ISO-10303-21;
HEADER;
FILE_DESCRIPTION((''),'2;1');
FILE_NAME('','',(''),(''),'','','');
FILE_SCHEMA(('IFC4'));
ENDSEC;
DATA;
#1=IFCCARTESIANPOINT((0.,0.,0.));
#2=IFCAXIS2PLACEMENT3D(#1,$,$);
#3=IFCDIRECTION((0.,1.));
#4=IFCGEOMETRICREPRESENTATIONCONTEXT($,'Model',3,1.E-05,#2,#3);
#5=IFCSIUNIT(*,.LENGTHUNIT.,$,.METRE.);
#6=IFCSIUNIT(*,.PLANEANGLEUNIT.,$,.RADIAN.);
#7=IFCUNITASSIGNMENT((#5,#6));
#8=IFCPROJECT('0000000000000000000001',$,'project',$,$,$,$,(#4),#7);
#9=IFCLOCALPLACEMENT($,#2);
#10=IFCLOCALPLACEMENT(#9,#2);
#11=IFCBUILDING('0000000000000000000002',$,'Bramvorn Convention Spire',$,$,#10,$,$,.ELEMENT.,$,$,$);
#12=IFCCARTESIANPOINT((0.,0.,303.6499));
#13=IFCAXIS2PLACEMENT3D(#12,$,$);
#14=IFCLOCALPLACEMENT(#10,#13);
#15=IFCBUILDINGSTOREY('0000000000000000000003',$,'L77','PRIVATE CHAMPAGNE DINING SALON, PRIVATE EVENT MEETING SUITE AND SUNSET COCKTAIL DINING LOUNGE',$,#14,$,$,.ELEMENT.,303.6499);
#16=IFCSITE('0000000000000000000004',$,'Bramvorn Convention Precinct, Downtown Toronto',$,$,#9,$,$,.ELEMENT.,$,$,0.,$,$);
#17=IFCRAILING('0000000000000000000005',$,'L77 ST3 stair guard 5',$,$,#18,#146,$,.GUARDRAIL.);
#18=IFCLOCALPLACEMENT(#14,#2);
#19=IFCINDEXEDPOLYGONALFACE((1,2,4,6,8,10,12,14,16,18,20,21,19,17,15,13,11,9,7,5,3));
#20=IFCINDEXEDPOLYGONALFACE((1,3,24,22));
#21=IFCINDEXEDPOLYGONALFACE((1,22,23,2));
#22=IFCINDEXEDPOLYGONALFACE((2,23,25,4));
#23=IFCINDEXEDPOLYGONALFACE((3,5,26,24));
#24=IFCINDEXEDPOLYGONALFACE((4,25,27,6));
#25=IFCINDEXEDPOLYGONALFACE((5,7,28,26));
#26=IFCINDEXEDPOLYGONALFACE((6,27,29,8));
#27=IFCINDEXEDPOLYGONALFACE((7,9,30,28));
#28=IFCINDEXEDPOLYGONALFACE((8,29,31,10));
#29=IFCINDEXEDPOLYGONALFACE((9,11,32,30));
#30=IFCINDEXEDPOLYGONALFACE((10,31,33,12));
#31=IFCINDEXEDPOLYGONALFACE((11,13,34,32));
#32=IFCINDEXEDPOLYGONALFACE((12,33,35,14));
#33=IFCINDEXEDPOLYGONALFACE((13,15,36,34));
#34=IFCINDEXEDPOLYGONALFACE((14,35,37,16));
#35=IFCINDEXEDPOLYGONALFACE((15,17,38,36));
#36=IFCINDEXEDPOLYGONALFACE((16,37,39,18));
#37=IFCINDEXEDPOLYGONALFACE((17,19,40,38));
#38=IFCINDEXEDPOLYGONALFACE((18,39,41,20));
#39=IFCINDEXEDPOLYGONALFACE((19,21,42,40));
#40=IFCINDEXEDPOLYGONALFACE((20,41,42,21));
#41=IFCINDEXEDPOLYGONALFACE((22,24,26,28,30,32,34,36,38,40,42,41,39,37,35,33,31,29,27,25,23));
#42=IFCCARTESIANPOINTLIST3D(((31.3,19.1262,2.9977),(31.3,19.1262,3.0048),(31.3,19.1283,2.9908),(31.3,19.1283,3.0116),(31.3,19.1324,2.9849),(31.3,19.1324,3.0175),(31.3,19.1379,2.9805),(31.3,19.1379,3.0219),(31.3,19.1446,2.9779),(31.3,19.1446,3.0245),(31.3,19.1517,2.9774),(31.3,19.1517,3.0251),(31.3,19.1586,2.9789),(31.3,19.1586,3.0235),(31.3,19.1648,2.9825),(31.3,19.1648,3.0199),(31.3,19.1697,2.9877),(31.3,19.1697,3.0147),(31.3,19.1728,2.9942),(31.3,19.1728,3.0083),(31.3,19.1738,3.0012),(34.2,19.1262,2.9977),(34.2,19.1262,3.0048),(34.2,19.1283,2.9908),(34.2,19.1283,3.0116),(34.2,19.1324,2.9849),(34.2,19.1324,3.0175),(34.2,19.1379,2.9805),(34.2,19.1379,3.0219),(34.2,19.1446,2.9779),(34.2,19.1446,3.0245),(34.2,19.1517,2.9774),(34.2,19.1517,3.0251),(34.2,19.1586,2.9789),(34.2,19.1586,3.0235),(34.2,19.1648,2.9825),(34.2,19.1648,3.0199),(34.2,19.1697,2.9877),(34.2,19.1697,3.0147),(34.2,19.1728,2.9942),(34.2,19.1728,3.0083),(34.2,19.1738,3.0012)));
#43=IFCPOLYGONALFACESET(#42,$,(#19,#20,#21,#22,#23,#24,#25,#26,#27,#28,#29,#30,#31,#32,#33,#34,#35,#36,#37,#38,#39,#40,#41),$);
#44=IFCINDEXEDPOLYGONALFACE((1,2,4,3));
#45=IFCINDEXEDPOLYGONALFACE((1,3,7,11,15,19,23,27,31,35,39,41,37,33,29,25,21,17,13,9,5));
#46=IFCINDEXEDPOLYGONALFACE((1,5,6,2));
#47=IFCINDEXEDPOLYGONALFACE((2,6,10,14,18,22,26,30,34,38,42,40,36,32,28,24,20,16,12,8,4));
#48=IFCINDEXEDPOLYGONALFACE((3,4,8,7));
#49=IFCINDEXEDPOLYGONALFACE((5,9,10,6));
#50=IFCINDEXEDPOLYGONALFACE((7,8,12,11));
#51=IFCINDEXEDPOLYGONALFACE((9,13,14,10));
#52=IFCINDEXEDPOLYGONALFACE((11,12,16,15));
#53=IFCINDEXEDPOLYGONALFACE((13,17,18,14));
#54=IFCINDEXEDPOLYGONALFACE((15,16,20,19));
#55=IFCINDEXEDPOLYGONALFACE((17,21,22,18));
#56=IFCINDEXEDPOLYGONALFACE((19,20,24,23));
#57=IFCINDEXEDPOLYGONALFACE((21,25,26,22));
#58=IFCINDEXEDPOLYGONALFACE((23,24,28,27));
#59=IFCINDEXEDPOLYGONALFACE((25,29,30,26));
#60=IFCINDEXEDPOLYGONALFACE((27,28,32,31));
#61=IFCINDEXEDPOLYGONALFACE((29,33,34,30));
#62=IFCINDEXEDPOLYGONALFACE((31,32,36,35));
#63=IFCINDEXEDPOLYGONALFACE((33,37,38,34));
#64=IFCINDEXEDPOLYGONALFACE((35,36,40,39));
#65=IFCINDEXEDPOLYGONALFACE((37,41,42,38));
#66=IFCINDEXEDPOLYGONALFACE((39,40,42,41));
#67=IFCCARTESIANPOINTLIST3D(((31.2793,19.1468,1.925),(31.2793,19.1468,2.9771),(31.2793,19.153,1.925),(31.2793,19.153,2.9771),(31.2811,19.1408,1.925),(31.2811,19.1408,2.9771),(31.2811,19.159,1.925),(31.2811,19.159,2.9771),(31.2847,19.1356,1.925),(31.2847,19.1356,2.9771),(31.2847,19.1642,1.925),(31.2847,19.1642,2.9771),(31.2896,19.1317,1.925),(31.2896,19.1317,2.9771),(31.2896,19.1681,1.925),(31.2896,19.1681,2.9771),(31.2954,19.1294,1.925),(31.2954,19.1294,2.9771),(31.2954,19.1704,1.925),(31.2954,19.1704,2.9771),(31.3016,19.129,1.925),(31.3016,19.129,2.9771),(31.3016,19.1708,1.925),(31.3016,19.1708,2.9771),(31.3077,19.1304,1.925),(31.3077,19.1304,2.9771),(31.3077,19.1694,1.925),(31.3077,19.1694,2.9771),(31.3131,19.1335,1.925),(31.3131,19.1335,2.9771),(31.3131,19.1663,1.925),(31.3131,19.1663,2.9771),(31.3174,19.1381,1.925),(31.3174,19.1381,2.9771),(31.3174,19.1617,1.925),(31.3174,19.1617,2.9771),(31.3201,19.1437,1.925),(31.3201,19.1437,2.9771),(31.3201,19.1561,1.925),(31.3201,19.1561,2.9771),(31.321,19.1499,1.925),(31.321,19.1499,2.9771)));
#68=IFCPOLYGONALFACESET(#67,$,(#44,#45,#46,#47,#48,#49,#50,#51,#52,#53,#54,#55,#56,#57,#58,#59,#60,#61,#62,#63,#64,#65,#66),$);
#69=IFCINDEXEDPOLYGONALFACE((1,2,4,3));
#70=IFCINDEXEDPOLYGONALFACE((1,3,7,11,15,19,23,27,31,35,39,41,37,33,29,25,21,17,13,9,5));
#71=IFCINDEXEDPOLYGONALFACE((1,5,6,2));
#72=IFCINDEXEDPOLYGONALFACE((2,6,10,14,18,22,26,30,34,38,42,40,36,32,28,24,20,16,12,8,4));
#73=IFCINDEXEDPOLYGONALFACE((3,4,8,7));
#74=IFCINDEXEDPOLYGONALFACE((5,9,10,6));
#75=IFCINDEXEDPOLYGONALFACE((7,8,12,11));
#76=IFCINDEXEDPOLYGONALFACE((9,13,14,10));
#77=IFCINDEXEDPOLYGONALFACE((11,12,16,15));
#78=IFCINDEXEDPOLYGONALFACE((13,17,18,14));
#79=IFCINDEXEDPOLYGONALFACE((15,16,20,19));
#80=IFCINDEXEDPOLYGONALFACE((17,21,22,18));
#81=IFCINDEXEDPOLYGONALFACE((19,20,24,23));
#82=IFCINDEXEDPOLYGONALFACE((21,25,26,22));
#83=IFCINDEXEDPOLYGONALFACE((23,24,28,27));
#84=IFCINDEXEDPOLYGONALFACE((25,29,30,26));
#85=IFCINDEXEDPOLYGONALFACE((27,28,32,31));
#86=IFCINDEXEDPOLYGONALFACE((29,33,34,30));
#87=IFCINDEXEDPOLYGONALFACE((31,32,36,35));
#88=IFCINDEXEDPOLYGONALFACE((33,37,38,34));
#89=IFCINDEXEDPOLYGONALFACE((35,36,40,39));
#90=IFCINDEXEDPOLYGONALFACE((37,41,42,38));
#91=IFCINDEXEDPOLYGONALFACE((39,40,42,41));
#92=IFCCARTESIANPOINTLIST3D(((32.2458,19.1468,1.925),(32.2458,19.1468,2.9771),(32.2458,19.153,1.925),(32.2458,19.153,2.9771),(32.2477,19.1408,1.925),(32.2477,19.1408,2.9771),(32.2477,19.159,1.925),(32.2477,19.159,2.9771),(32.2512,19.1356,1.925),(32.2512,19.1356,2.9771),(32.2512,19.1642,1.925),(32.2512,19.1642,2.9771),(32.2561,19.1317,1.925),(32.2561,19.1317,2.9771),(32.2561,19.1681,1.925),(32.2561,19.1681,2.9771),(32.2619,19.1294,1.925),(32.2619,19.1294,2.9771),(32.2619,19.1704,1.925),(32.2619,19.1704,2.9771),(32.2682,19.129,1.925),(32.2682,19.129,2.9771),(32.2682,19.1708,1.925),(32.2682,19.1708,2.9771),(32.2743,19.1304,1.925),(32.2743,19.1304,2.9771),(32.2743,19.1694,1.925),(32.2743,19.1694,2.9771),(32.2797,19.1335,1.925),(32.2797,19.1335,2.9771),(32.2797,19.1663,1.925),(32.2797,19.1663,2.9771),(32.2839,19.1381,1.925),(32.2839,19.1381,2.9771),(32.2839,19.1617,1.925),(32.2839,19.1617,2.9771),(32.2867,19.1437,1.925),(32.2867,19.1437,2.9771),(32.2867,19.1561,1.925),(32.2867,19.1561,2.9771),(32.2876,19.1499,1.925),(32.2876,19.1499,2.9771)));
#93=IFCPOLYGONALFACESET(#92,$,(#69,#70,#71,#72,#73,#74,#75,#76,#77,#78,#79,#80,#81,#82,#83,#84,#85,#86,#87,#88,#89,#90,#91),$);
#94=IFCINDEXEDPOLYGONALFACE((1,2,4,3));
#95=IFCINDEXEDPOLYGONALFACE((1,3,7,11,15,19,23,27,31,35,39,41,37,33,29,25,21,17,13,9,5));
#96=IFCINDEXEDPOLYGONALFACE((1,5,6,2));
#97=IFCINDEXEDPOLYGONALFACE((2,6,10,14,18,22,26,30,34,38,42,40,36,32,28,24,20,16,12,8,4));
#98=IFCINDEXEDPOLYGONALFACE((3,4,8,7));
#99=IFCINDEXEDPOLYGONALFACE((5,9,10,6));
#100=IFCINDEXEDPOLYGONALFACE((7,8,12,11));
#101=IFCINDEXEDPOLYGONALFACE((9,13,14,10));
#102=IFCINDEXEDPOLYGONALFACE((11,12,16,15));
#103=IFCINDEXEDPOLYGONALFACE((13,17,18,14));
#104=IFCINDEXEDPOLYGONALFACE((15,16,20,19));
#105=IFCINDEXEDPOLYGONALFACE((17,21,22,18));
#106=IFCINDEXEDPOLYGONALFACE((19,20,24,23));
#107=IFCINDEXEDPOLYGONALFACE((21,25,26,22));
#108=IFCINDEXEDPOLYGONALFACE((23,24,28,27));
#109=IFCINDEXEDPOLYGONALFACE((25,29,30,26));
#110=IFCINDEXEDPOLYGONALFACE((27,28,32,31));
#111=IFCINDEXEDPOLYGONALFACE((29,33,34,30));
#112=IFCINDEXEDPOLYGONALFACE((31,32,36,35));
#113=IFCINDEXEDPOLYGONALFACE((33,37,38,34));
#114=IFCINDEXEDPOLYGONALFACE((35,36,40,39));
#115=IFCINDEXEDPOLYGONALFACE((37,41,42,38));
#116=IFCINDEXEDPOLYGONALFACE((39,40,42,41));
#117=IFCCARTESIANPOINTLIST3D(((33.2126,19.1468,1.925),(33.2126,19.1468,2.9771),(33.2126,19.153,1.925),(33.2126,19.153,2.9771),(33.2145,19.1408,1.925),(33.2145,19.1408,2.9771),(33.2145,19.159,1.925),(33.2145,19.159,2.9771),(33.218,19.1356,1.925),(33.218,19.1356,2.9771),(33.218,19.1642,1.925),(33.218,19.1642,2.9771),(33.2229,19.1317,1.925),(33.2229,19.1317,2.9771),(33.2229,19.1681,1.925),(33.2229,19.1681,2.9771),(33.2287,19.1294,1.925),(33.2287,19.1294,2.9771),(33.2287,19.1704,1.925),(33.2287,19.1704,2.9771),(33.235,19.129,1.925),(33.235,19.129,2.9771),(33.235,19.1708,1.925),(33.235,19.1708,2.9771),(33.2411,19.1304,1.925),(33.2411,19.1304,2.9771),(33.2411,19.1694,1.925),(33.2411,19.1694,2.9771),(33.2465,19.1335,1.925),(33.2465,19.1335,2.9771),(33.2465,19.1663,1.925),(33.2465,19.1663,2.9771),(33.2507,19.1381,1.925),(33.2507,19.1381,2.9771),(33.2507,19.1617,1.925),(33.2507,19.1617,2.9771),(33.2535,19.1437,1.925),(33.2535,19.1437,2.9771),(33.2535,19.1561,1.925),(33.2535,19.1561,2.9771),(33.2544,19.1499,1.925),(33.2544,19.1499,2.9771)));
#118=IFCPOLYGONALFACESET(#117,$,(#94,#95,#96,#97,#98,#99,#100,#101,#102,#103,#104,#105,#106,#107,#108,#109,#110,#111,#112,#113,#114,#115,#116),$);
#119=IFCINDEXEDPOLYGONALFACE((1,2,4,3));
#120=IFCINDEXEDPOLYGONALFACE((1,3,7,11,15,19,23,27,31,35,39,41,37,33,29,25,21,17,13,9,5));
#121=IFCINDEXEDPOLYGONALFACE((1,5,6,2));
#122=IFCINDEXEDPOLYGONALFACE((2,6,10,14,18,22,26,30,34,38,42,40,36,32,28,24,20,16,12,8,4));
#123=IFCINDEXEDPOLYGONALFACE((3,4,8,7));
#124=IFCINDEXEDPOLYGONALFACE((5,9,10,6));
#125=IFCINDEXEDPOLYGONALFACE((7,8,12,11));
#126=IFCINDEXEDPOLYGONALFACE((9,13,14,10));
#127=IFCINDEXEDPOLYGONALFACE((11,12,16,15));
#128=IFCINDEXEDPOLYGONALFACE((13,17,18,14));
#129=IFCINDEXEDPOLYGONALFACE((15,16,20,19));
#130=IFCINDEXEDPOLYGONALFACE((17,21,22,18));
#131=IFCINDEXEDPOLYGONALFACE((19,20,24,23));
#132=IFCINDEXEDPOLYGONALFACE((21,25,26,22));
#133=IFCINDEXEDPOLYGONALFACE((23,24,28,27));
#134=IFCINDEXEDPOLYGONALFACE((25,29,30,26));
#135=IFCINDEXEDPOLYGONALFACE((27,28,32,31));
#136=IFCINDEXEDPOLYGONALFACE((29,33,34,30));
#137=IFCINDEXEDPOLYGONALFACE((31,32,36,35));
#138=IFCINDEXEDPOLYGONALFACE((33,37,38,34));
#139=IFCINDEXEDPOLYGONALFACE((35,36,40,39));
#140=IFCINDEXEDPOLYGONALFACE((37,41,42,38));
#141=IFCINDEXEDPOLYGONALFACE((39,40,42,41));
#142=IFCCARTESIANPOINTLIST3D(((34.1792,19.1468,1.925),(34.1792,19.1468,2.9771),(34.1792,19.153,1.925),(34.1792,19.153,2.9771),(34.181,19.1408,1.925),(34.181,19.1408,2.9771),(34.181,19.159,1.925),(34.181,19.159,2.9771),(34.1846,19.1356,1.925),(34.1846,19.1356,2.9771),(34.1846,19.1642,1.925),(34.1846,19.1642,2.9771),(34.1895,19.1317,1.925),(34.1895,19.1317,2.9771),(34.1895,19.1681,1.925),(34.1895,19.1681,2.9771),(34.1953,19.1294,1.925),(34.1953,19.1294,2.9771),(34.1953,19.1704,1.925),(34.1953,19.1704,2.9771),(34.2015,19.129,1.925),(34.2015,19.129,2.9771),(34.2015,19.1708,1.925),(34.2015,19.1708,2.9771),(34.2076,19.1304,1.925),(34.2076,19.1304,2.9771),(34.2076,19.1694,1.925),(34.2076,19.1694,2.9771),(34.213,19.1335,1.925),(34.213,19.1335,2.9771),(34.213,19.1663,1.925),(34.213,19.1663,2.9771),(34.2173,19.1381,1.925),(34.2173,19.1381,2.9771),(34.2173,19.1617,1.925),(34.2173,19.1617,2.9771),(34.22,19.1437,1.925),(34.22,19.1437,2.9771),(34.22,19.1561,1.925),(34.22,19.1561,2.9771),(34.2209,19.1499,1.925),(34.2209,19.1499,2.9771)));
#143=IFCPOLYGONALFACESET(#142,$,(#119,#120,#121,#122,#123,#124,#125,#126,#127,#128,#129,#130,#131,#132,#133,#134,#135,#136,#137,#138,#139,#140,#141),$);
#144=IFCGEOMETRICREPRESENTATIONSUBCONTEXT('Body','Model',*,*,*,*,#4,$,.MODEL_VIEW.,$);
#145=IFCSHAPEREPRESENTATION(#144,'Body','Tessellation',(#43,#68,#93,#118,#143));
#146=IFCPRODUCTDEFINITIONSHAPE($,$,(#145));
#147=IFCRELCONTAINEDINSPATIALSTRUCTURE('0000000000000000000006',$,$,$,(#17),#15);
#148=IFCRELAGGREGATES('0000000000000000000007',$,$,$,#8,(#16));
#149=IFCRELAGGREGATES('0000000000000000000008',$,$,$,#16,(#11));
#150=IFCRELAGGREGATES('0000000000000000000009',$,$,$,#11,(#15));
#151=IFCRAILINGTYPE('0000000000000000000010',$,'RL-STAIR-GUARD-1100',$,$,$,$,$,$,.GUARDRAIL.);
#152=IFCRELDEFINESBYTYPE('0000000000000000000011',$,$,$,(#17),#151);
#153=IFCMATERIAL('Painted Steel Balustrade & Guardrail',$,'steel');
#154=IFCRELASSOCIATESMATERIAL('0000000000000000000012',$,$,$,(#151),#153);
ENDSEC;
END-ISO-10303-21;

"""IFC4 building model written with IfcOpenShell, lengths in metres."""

from ifc_helpers import new_model, si_unit, direction, frame, origin, origin_2d, place, context, subcontext, project, spatial, circle, extrude, material, type_object, element, save


model = new_model("IFC4")

# Units and contexts
model_context = context("Model", 3, precision=1e-05, world=origin(), true_north=direction((0.0, 1.0)))
body_context = subcontext(model_context, "Body", "Model", "MODEL_VIEW")
ifc_project = project(units=[si_unit("LENGTHUNIT", "METRE"), si_unit("PLANEANGLEUNIT", "RADIAN")], contexts=[model_context])

# Site, building, storey
site_placement = place(None, origin())
site = spatial("IfcSite", under=ifc_project, at=site_placement, Name="Bramvorn Convention Precinct, Downtown Toronto", CompositionType="ELEMENT", RefElevation=0.0)
building_placement = place(site_placement, origin())
building = spatial("IfcBuilding", under=site, at=building_placement, Name="Bramvorn Convention Spire", CompositionType="ELEMENT")
storey_placement = place(building_placement, frame((0.0, 0.0, 303.6499)))
storey = spatial("IfcBuildingStorey", under=building, at=storey_placement, Name="L77", Description="PRIVATE CHAMPAGNE DINING SALON, PRIVATE EVENT MEETING SUITE AND SUNSET COCKTAIL DINING LOUNGE", CompositionType="ELEMENT", Elevation=303.6499)

# Railing
ifc_material_1 = material(Name="Painted Steel Balustrade & Guardrail", Category="steel")
railing_type_1 = type_object("IfcRailingType", Name="RL-STAIR-GUARD-1100", PredefinedType="GUARDRAIL", material=ifc_material_1)
railing_1_placement = place(storey_placement, frame((31.3, 19.1499, 1.925)))
element("IfcRailing", 1, at=railing_1_placement, inside=storey, type_object=railing_type_1, Name="L77 ST3 stair guard 5", PredefinedType="GUARDRAIL", context=body_context, shape_type="SweptSolid", body=[
    extrude(circle(Radius=0.0239, at=origin_2d()), frame((0.0, 0.0, 1.0762), z_axis=(1.0, 0.0, 0.0), x_axis=(0.0, 1.0, 0.0)), (0.0, 0.0, 1.0), 2.8999),
    extrude(circle(Radius=0.021, at=origin_2d()), origin(), (0.0, 0.0, 1.0), 1.052),
    extrude(circle(Radius=0.021, at=origin_2d()), frame((0.9666, 0.0, 0.0)), (0.0, 0.0, 1.0), 1.052),
    extrude(circle(Radius=0.021, at=origin_2d()), frame((1.9333, 0.0, 0.0)), (0.0, 0.0, 1.0), 1.052),
    extrude(circle(Radius=0.021, at=origin_2d()), frame((2.8999, 0.0, 0.0)), (0.0, 0.0, 1.0), 1.052),
])

save(model, "model.ifc")
